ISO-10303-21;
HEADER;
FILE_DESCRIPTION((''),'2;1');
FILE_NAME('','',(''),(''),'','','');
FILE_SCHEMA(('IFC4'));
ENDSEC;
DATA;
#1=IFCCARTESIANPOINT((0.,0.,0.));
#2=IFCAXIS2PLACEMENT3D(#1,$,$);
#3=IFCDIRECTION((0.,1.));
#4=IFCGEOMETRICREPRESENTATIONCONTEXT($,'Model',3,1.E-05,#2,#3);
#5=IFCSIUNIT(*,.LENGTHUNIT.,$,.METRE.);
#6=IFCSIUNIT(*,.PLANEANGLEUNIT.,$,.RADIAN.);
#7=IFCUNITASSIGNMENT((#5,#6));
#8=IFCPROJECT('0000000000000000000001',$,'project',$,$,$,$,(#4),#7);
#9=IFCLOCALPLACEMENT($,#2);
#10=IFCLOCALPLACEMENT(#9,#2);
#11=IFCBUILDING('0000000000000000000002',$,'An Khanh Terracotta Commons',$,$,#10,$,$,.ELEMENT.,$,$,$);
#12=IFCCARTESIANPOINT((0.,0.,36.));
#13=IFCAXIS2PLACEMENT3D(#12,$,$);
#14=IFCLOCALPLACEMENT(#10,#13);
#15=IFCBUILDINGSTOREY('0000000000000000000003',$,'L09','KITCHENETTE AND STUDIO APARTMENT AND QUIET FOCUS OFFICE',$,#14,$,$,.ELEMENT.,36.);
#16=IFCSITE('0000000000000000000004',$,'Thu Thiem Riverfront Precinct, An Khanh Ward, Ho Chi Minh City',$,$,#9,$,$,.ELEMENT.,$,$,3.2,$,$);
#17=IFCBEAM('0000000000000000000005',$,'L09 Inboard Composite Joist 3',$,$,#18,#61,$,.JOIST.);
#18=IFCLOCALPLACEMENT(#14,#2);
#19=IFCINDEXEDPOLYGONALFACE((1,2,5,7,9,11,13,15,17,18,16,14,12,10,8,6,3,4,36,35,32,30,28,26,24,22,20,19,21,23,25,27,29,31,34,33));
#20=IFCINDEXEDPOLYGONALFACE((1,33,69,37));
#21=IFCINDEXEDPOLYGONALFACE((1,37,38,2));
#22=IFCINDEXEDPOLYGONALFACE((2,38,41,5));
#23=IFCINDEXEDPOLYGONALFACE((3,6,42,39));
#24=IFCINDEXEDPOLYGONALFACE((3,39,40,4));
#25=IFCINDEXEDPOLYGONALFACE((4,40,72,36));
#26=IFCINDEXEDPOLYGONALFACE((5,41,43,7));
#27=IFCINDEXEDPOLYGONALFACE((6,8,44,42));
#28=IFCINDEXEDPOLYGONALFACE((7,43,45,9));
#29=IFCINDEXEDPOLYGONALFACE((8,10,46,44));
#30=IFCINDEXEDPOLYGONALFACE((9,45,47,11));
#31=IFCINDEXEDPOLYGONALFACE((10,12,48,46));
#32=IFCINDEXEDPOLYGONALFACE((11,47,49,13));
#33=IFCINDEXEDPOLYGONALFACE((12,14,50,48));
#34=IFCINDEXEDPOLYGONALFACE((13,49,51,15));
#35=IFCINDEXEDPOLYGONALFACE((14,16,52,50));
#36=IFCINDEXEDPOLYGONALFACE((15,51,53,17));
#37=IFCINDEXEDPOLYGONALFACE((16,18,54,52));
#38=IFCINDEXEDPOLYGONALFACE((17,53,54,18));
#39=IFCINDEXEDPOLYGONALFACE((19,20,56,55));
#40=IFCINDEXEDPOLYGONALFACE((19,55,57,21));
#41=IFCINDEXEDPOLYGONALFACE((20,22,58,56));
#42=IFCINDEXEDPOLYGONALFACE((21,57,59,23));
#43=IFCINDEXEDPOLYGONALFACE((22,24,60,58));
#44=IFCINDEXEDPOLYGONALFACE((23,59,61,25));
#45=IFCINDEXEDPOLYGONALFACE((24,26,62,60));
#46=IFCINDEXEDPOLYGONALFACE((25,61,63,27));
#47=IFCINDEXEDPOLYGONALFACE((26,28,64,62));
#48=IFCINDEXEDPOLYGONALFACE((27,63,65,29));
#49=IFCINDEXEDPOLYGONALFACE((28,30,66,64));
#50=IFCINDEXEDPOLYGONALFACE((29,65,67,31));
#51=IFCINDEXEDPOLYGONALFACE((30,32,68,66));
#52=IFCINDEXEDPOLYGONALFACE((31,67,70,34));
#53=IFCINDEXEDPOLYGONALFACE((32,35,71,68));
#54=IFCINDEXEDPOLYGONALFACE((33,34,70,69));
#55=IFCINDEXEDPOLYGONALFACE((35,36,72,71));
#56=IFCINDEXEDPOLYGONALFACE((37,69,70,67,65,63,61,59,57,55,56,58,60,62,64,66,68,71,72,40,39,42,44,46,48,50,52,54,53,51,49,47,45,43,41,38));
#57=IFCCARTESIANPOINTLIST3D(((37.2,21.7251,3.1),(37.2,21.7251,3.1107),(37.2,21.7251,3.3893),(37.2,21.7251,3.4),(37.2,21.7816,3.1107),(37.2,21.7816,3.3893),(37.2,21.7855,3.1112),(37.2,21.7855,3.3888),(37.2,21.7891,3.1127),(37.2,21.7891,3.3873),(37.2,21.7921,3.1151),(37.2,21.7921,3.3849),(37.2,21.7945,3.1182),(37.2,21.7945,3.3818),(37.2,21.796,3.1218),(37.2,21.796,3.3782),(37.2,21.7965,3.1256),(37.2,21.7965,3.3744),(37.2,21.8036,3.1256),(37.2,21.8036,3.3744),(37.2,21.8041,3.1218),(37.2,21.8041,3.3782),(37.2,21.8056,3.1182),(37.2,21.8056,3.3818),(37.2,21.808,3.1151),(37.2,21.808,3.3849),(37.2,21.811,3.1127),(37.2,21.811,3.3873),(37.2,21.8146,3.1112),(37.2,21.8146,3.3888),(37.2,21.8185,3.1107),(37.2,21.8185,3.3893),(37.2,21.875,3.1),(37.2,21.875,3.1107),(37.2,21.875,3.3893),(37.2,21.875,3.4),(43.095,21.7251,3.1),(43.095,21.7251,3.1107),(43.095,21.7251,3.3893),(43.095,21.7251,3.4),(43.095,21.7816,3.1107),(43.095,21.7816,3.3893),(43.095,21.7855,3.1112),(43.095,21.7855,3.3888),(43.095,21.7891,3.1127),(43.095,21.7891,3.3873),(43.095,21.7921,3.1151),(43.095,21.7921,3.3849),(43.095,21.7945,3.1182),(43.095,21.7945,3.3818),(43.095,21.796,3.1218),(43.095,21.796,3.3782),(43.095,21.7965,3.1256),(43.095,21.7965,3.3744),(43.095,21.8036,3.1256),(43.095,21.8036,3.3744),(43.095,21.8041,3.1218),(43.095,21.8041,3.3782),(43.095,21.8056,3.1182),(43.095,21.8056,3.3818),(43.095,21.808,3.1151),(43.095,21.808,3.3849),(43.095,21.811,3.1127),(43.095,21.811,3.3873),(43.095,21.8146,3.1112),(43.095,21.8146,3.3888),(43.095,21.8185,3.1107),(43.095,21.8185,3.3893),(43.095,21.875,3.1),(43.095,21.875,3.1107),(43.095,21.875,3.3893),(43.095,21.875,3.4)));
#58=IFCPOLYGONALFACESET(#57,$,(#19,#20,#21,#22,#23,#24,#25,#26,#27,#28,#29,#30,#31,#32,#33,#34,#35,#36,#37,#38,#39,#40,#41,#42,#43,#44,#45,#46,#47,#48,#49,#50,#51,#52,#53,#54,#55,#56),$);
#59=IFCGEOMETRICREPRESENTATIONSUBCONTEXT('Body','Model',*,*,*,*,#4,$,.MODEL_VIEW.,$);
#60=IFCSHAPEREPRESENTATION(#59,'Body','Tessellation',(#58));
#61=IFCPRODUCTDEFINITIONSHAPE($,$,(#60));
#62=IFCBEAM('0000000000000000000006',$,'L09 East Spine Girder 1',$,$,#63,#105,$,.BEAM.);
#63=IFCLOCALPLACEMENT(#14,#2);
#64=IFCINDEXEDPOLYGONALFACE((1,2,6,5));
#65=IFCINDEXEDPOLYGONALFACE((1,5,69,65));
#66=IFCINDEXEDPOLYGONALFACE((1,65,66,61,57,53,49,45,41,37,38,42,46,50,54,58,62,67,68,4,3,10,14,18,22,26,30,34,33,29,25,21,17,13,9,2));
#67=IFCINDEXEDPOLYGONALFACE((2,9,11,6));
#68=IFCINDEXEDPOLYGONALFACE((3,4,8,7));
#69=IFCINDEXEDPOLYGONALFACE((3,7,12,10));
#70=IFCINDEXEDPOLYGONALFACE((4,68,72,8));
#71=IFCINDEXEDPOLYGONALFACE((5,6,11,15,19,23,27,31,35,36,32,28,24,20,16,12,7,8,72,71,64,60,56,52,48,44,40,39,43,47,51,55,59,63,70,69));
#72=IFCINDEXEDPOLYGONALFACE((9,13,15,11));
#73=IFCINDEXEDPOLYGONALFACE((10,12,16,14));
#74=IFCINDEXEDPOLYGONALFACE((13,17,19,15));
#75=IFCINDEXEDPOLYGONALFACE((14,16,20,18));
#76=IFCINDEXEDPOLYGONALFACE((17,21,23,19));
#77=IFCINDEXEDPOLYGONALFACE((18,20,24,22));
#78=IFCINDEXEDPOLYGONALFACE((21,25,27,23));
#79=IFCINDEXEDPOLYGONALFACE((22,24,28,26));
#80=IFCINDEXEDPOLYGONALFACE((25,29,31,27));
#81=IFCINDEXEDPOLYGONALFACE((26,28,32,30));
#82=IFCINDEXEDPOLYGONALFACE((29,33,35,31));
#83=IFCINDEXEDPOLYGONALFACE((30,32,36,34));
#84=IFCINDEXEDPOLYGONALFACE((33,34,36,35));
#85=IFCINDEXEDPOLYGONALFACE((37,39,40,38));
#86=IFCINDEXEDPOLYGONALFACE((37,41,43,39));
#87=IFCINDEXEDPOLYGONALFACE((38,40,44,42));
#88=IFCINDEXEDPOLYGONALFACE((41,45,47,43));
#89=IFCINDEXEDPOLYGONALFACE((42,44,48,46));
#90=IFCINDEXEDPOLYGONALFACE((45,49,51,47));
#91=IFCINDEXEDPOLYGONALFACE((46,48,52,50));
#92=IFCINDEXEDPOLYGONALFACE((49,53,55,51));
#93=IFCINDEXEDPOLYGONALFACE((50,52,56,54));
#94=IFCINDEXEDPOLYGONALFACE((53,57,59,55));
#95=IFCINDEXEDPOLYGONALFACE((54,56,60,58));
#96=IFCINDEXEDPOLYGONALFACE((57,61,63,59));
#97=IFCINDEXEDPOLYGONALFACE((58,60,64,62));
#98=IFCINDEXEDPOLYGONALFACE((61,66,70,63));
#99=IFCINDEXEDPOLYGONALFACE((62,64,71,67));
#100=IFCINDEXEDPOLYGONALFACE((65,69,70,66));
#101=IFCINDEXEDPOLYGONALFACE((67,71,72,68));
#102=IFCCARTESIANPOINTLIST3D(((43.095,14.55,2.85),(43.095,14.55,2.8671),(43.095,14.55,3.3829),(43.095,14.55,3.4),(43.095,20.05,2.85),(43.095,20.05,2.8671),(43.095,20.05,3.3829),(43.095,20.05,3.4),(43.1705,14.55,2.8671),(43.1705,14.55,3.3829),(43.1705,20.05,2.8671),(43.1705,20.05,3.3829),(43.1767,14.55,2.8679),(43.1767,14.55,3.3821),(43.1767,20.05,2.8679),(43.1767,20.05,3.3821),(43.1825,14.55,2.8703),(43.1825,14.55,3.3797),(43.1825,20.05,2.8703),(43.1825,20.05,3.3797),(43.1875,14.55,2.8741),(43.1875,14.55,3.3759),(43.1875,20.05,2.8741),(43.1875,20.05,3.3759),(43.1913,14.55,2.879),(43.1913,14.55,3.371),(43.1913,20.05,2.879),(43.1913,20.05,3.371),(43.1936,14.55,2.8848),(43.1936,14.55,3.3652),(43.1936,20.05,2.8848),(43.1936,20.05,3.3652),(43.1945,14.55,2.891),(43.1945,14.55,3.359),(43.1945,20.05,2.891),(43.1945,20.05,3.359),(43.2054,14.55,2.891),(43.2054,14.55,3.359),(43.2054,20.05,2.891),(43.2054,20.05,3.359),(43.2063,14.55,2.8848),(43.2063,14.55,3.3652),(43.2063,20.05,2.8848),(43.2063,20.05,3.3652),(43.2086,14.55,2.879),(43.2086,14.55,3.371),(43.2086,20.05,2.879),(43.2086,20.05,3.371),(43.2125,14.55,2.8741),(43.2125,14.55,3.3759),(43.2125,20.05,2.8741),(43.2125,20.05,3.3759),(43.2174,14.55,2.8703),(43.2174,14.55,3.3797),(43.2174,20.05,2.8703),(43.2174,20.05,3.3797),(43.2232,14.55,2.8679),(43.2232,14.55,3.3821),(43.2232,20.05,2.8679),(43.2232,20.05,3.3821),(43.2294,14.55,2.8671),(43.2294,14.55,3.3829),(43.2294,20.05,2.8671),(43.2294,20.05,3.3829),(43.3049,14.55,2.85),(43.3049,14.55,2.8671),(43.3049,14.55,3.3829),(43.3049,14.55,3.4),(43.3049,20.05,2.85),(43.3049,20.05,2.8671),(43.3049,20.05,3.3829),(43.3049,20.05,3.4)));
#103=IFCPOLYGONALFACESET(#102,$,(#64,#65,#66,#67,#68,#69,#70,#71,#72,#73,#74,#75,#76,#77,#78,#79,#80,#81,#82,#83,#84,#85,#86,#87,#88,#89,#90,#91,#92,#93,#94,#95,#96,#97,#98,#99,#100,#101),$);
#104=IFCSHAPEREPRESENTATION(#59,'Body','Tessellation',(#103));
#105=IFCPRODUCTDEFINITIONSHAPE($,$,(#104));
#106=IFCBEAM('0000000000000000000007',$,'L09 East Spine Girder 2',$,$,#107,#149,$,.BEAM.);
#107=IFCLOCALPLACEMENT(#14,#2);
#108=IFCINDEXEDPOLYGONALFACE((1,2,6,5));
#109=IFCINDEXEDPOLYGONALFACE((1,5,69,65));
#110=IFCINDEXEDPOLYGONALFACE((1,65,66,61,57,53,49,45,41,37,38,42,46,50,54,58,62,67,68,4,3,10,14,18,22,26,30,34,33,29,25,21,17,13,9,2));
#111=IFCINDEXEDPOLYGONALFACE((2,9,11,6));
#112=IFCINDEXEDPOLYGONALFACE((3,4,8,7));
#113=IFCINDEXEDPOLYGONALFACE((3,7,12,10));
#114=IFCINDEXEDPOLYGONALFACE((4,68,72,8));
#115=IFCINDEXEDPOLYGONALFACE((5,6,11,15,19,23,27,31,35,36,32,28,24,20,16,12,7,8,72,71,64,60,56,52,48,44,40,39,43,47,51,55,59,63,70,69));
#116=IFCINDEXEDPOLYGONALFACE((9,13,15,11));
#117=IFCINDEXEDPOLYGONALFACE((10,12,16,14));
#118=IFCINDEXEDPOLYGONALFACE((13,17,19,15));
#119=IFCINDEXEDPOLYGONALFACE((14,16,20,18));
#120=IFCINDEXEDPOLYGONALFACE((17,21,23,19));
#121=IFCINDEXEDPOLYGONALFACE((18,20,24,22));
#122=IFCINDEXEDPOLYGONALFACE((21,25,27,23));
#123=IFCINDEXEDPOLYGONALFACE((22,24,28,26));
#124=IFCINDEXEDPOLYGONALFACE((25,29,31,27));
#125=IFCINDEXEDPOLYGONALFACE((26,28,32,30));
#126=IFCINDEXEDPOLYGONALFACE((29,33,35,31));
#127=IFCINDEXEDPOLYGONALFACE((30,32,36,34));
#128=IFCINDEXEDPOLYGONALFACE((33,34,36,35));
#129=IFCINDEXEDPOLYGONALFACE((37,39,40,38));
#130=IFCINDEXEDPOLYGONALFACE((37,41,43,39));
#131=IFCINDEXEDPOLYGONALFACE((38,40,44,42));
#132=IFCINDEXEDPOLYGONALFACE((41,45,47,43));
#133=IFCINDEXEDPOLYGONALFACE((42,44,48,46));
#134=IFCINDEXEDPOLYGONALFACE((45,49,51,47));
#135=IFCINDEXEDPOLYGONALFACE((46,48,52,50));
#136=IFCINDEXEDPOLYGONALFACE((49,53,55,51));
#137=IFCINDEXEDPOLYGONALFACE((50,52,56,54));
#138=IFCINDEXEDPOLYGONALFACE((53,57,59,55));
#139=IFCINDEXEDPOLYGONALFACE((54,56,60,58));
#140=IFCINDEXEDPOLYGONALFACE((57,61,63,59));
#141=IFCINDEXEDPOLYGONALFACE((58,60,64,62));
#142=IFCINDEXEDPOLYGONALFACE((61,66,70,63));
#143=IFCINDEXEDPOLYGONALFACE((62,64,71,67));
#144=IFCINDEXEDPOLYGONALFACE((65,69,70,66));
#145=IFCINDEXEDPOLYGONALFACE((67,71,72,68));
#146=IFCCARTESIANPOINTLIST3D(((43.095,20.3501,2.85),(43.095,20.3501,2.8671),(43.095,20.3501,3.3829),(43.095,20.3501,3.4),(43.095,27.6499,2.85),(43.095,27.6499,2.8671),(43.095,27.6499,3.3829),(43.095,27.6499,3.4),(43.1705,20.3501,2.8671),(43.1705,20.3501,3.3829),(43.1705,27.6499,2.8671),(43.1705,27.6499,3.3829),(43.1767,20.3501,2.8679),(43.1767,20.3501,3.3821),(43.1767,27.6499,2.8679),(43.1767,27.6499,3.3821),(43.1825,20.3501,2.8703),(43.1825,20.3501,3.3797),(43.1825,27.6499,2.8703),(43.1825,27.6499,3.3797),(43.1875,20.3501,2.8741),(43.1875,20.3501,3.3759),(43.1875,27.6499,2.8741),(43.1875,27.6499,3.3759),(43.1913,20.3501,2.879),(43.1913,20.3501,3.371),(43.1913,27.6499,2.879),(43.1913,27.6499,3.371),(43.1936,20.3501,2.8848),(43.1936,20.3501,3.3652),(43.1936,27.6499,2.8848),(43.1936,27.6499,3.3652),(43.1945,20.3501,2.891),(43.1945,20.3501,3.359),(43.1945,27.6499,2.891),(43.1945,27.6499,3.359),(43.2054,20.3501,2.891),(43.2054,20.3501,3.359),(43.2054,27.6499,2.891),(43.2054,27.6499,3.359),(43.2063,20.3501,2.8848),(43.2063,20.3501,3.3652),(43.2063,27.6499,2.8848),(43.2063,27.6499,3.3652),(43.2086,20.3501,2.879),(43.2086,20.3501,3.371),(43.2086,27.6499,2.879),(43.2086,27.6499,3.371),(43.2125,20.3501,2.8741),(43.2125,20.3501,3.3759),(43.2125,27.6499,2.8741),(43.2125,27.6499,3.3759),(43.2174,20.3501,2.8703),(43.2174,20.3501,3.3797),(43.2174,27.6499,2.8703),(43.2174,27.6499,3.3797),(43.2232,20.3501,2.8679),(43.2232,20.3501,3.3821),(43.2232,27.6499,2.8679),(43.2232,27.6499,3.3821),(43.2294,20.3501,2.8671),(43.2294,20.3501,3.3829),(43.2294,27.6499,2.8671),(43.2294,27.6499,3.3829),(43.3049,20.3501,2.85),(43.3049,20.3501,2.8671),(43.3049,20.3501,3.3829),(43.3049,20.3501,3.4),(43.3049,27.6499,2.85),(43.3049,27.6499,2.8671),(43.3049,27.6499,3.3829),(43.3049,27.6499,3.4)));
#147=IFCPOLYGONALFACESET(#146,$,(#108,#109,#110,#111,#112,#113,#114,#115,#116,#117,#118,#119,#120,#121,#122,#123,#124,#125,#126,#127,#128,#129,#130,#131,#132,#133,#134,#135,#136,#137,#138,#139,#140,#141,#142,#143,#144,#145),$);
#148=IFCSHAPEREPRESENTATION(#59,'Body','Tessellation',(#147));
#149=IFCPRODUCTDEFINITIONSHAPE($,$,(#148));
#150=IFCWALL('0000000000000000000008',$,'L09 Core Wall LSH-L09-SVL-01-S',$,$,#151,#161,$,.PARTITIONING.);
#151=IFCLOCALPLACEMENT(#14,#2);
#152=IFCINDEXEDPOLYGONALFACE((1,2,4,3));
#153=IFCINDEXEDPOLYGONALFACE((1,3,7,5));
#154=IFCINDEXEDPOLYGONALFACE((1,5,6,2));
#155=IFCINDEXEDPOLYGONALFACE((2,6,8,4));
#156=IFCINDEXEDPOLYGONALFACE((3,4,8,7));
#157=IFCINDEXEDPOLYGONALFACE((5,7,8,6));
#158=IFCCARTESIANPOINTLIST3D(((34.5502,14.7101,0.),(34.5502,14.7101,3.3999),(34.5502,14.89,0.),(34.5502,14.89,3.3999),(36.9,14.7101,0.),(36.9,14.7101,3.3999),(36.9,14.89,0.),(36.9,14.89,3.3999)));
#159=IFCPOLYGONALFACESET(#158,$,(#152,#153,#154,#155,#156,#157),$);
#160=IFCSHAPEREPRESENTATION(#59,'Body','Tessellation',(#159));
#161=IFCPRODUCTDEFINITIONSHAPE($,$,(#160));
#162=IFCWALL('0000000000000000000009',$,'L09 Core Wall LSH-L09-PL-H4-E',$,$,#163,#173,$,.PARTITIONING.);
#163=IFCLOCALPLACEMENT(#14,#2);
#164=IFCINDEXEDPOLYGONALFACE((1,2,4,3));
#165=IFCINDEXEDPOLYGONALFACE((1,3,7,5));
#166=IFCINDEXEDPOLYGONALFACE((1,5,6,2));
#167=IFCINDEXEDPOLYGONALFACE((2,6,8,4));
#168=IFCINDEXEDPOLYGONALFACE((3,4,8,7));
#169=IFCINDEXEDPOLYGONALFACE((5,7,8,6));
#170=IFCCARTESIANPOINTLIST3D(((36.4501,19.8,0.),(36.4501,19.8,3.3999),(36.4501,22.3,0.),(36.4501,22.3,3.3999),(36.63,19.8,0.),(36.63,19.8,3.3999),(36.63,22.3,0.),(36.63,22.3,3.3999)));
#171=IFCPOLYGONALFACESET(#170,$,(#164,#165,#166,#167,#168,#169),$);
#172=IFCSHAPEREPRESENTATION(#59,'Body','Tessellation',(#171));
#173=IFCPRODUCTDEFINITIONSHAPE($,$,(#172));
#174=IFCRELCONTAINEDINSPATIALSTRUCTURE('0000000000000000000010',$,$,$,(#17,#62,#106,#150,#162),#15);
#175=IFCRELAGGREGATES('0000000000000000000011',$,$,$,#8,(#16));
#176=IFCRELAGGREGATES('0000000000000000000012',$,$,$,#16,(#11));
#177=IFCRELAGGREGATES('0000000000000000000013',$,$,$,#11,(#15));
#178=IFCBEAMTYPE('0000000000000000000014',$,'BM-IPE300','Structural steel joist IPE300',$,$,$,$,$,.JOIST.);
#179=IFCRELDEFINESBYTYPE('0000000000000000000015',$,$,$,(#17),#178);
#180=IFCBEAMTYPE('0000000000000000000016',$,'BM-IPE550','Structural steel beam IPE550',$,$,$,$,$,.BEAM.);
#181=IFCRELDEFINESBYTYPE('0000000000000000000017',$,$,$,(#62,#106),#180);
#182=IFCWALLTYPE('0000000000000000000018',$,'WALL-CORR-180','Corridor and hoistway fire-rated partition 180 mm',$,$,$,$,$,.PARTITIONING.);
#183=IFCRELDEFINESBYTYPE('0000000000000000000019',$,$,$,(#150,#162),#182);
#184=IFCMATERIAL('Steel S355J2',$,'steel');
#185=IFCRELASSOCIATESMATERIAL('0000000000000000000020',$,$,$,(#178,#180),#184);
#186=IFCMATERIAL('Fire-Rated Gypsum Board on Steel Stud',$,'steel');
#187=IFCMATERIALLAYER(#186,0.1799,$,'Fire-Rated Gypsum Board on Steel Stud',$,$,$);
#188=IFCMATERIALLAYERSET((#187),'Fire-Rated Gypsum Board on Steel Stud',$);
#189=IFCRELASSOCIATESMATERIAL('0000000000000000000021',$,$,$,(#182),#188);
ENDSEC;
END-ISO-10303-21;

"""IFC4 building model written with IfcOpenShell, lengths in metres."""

from ifc_helpers import new_model, si_unit, direction, frame, frame_2d, origin, origin_2d, place, context, subcontext, project, spatial, rectangle, i_section, extrude, material, layer, layer_set, material_profile, profile_set, type_object, element, save


model = new_model("IFC4")

# Units and contexts
model_context = context("Model", 3, precision=1e-05, world=origin(), true_north=direction((0.0, 1.0)))
body_context = subcontext(model_context, "Body", "Model", "MODEL_VIEW")
ifc_project = project(units=[si_unit("LENGTHUNIT", "METRE"), si_unit("PLANEANGLEUNIT", "RADIAN")], contexts=[model_context])

# Site, building, storey
site_placement = place(None, origin())
site = spatial("IfcSite", under=ifc_project, at=site_placement, Name="Thu Thiem Riverfront Precinct, An Khanh Ward, Ho Chi Minh City", CompositionType="ELEMENT", RefElevation=3.2)
building_placement = place(site_placement, origin())
building = spatial("IfcBuilding", under=site, at=building_placement, Name="An Khanh Terracotta Commons", CompositionType="ELEMENT")
storey_placement = place(building_placement, frame((0.0, 0.0, 36.0)))
storey = spatial("IfcBuildingStorey", under=building, at=storey_placement, Name="L09", Description="KITCHENETTE AND STUDIO APARTMENT AND QUIET FOCUS OFFICE", CompositionType="ELEMENT", Elevation=36.0)

# Beams
ifc_material_1 = material(Name="Steel S355J2", Category="steel")
ifc_material_profile_1 = material_profile(ifc_material_1, i_section(OverallWidth=0.1499, OverallDepth=0.3, WebThickness=0.0071, FlangeThickness=0.0107, FilletRadius=0.0149, at=origin_2d()), Name="IPE300")
ifc_profile_set_1 = profile_set([ifc_material_profile_1], Name="Steel S355J2")
beam_type_1 = type_object("IfcBeamType", Name="BM-IPE300", Description="Structural steel joist IPE300", PredefinedType="JOIST", material=ifc_profile_set_1)
for number, where, z_axis, x_axis, name in (
    (1, (37.2, 21.8, 3.25), (1.0, 0.0, 0.0), (0.0, 1.0, 0.0), "L09 Inboard Composite Joist 3"),
):
    element("IfcBeam", number, at=place(storey_placement, frame(where, z_axis=z_axis, x_axis=x_axis)), inside=storey, type_object=beam_type_1, Name=name, PredefinedType="JOIST", context=body_context, shape_type="SweptSolid", body=[
        extrude(i_section(OverallWidth=0.1499, OverallDepth=0.3, WebThickness=0.0071, FlangeThickness=0.0107, FilletRadius=0.0149, at=origin_2d()), origin(), (0.0, 0.0, 1.0), 5.895),
    ])
ifc_material_profile_2 = material_profile(ifc_material_1, i_section(OverallWidth=0.21, OverallDepth=0.55, WebThickness=0.011, FlangeThickness=0.0171, FilletRadius=0.0239, at=origin_2d()), Name="IPE550")
ifc_profile_set_2 = profile_set([ifc_material_profile_2], Name="Steel S355J2")
beam_type_2 = type_object("IfcBeamType", Name="BM-IPE550", Description="Structural steel beam IPE550", PredefinedType="BEAM", material=ifc_profile_set_2)
beam_1_placement = place(storey_placement, frame((43.2, 14.55, 3.125), z_axis=(0.0, 1.0, 0.0), x_axis=(-1.0, 0.0, 0.0)))
element("IfcBeam", 2, at=beam_1_placement, inside=storey, type_object=beam_type_2, Name="L09 East Spine Girder 1", PredefinedType="BEAM", context=body_context, shape_type="SweptSolid", body=[
    extrude(i_section(OverallWidth=0.21, OverallDepth=0.55, WebThickness=0.011, FlangeThickness=0.0171, FilletRadius=0.0239, at=origin_2d()), origin(), (0.0, 0.0, 1.0), 5.5),
])
beam_2_placement = place(storey_placement, frame((43.2, 20.3501, 3.125), z_axis=(0.0, 1.0, 0.0), x_axis=(-1.0, 0.0, 0.0)))
element("IfcBeam", 3, at=beam_2_placement, inside=storey, type_object=beam_type_2, Name="L09 East Spine Girder 2", PredefinedType="BEAM", context=body_context, shape_type="SweptSolid", body=[
    extrude(i_section(OverallWidth=0.21, OverallDepth=0.55, WebThickness=0.011, FlangeThickness=0.0171, FilletRadius=0.0239, at=origin_2d()), origin(), (0.0, 0.0, 1.0), 7.2998),
])

# Walls
ifc_material_2 = material(Name="Fire-Rated Gypsum Board on Steel Stud", Category="steel")
ifc_layer_1 = layer(ifc_material_2, 0.1799, Name="Fire-Rated Gypsum Board on Steel Stud")
ifc_layer_set_1 = layer_set([ifc_layer_1], Name="Fire-Rated Gypsum Board on Steel Stud")
wall_type_1 = type_object("IfcWallType", Name="WALL-CORR-180", Description="Corridor and hoistway fire-rated partition 180 mm", PredefinedType="PARTITIONING", material=ifc_layer_set_1)
wall_1_placement = place(storey_placement, frame((36.8999, 14.8, 0.0), z_axis=(0.0, 0.0, 1.0), x_axis=(-1.0, 0.0, 0.0)))
element("IfcWall", 4, at=wall_1_placement, inside=storey, type_object=wall_type_1, Name="L09 Core Wall LSH-L09-SVL-01-S", PredefinedType="PARTITIONING", context=body_context, shape_type="SweptSolid", body=[
    extrude(rectangle(XDim=2.3499, YDim=0.1799, at=frame_2d((1.1748, 0.0))), origin(), (0.0, 0.0, 1.0), 3.3999),
])
wall_2_placement = place(storey_placement, frame((36.54, 19.8, 0.0), z_axis=(0.0, 0.0, 1.0), x_axis=(0.0, 1.0, 0.0)))
element("IfcWall", 5, at=wall_2_placement, inside=storey, type_object=wall_type_1, Name="L09 Core Wall LSH-L09-PL-H4-E", PredefinedType="PARTITIONING", context=body_context, shape_type="SweptSolid", body=[
    extrude(rectangle(XDim=2.5, YDim=0.1799, at=frame_2d((1.25, 0.0))), origin(), (0.0, 0.0, 1.0), 3.3999),
])

save(model, "model.ifc")
